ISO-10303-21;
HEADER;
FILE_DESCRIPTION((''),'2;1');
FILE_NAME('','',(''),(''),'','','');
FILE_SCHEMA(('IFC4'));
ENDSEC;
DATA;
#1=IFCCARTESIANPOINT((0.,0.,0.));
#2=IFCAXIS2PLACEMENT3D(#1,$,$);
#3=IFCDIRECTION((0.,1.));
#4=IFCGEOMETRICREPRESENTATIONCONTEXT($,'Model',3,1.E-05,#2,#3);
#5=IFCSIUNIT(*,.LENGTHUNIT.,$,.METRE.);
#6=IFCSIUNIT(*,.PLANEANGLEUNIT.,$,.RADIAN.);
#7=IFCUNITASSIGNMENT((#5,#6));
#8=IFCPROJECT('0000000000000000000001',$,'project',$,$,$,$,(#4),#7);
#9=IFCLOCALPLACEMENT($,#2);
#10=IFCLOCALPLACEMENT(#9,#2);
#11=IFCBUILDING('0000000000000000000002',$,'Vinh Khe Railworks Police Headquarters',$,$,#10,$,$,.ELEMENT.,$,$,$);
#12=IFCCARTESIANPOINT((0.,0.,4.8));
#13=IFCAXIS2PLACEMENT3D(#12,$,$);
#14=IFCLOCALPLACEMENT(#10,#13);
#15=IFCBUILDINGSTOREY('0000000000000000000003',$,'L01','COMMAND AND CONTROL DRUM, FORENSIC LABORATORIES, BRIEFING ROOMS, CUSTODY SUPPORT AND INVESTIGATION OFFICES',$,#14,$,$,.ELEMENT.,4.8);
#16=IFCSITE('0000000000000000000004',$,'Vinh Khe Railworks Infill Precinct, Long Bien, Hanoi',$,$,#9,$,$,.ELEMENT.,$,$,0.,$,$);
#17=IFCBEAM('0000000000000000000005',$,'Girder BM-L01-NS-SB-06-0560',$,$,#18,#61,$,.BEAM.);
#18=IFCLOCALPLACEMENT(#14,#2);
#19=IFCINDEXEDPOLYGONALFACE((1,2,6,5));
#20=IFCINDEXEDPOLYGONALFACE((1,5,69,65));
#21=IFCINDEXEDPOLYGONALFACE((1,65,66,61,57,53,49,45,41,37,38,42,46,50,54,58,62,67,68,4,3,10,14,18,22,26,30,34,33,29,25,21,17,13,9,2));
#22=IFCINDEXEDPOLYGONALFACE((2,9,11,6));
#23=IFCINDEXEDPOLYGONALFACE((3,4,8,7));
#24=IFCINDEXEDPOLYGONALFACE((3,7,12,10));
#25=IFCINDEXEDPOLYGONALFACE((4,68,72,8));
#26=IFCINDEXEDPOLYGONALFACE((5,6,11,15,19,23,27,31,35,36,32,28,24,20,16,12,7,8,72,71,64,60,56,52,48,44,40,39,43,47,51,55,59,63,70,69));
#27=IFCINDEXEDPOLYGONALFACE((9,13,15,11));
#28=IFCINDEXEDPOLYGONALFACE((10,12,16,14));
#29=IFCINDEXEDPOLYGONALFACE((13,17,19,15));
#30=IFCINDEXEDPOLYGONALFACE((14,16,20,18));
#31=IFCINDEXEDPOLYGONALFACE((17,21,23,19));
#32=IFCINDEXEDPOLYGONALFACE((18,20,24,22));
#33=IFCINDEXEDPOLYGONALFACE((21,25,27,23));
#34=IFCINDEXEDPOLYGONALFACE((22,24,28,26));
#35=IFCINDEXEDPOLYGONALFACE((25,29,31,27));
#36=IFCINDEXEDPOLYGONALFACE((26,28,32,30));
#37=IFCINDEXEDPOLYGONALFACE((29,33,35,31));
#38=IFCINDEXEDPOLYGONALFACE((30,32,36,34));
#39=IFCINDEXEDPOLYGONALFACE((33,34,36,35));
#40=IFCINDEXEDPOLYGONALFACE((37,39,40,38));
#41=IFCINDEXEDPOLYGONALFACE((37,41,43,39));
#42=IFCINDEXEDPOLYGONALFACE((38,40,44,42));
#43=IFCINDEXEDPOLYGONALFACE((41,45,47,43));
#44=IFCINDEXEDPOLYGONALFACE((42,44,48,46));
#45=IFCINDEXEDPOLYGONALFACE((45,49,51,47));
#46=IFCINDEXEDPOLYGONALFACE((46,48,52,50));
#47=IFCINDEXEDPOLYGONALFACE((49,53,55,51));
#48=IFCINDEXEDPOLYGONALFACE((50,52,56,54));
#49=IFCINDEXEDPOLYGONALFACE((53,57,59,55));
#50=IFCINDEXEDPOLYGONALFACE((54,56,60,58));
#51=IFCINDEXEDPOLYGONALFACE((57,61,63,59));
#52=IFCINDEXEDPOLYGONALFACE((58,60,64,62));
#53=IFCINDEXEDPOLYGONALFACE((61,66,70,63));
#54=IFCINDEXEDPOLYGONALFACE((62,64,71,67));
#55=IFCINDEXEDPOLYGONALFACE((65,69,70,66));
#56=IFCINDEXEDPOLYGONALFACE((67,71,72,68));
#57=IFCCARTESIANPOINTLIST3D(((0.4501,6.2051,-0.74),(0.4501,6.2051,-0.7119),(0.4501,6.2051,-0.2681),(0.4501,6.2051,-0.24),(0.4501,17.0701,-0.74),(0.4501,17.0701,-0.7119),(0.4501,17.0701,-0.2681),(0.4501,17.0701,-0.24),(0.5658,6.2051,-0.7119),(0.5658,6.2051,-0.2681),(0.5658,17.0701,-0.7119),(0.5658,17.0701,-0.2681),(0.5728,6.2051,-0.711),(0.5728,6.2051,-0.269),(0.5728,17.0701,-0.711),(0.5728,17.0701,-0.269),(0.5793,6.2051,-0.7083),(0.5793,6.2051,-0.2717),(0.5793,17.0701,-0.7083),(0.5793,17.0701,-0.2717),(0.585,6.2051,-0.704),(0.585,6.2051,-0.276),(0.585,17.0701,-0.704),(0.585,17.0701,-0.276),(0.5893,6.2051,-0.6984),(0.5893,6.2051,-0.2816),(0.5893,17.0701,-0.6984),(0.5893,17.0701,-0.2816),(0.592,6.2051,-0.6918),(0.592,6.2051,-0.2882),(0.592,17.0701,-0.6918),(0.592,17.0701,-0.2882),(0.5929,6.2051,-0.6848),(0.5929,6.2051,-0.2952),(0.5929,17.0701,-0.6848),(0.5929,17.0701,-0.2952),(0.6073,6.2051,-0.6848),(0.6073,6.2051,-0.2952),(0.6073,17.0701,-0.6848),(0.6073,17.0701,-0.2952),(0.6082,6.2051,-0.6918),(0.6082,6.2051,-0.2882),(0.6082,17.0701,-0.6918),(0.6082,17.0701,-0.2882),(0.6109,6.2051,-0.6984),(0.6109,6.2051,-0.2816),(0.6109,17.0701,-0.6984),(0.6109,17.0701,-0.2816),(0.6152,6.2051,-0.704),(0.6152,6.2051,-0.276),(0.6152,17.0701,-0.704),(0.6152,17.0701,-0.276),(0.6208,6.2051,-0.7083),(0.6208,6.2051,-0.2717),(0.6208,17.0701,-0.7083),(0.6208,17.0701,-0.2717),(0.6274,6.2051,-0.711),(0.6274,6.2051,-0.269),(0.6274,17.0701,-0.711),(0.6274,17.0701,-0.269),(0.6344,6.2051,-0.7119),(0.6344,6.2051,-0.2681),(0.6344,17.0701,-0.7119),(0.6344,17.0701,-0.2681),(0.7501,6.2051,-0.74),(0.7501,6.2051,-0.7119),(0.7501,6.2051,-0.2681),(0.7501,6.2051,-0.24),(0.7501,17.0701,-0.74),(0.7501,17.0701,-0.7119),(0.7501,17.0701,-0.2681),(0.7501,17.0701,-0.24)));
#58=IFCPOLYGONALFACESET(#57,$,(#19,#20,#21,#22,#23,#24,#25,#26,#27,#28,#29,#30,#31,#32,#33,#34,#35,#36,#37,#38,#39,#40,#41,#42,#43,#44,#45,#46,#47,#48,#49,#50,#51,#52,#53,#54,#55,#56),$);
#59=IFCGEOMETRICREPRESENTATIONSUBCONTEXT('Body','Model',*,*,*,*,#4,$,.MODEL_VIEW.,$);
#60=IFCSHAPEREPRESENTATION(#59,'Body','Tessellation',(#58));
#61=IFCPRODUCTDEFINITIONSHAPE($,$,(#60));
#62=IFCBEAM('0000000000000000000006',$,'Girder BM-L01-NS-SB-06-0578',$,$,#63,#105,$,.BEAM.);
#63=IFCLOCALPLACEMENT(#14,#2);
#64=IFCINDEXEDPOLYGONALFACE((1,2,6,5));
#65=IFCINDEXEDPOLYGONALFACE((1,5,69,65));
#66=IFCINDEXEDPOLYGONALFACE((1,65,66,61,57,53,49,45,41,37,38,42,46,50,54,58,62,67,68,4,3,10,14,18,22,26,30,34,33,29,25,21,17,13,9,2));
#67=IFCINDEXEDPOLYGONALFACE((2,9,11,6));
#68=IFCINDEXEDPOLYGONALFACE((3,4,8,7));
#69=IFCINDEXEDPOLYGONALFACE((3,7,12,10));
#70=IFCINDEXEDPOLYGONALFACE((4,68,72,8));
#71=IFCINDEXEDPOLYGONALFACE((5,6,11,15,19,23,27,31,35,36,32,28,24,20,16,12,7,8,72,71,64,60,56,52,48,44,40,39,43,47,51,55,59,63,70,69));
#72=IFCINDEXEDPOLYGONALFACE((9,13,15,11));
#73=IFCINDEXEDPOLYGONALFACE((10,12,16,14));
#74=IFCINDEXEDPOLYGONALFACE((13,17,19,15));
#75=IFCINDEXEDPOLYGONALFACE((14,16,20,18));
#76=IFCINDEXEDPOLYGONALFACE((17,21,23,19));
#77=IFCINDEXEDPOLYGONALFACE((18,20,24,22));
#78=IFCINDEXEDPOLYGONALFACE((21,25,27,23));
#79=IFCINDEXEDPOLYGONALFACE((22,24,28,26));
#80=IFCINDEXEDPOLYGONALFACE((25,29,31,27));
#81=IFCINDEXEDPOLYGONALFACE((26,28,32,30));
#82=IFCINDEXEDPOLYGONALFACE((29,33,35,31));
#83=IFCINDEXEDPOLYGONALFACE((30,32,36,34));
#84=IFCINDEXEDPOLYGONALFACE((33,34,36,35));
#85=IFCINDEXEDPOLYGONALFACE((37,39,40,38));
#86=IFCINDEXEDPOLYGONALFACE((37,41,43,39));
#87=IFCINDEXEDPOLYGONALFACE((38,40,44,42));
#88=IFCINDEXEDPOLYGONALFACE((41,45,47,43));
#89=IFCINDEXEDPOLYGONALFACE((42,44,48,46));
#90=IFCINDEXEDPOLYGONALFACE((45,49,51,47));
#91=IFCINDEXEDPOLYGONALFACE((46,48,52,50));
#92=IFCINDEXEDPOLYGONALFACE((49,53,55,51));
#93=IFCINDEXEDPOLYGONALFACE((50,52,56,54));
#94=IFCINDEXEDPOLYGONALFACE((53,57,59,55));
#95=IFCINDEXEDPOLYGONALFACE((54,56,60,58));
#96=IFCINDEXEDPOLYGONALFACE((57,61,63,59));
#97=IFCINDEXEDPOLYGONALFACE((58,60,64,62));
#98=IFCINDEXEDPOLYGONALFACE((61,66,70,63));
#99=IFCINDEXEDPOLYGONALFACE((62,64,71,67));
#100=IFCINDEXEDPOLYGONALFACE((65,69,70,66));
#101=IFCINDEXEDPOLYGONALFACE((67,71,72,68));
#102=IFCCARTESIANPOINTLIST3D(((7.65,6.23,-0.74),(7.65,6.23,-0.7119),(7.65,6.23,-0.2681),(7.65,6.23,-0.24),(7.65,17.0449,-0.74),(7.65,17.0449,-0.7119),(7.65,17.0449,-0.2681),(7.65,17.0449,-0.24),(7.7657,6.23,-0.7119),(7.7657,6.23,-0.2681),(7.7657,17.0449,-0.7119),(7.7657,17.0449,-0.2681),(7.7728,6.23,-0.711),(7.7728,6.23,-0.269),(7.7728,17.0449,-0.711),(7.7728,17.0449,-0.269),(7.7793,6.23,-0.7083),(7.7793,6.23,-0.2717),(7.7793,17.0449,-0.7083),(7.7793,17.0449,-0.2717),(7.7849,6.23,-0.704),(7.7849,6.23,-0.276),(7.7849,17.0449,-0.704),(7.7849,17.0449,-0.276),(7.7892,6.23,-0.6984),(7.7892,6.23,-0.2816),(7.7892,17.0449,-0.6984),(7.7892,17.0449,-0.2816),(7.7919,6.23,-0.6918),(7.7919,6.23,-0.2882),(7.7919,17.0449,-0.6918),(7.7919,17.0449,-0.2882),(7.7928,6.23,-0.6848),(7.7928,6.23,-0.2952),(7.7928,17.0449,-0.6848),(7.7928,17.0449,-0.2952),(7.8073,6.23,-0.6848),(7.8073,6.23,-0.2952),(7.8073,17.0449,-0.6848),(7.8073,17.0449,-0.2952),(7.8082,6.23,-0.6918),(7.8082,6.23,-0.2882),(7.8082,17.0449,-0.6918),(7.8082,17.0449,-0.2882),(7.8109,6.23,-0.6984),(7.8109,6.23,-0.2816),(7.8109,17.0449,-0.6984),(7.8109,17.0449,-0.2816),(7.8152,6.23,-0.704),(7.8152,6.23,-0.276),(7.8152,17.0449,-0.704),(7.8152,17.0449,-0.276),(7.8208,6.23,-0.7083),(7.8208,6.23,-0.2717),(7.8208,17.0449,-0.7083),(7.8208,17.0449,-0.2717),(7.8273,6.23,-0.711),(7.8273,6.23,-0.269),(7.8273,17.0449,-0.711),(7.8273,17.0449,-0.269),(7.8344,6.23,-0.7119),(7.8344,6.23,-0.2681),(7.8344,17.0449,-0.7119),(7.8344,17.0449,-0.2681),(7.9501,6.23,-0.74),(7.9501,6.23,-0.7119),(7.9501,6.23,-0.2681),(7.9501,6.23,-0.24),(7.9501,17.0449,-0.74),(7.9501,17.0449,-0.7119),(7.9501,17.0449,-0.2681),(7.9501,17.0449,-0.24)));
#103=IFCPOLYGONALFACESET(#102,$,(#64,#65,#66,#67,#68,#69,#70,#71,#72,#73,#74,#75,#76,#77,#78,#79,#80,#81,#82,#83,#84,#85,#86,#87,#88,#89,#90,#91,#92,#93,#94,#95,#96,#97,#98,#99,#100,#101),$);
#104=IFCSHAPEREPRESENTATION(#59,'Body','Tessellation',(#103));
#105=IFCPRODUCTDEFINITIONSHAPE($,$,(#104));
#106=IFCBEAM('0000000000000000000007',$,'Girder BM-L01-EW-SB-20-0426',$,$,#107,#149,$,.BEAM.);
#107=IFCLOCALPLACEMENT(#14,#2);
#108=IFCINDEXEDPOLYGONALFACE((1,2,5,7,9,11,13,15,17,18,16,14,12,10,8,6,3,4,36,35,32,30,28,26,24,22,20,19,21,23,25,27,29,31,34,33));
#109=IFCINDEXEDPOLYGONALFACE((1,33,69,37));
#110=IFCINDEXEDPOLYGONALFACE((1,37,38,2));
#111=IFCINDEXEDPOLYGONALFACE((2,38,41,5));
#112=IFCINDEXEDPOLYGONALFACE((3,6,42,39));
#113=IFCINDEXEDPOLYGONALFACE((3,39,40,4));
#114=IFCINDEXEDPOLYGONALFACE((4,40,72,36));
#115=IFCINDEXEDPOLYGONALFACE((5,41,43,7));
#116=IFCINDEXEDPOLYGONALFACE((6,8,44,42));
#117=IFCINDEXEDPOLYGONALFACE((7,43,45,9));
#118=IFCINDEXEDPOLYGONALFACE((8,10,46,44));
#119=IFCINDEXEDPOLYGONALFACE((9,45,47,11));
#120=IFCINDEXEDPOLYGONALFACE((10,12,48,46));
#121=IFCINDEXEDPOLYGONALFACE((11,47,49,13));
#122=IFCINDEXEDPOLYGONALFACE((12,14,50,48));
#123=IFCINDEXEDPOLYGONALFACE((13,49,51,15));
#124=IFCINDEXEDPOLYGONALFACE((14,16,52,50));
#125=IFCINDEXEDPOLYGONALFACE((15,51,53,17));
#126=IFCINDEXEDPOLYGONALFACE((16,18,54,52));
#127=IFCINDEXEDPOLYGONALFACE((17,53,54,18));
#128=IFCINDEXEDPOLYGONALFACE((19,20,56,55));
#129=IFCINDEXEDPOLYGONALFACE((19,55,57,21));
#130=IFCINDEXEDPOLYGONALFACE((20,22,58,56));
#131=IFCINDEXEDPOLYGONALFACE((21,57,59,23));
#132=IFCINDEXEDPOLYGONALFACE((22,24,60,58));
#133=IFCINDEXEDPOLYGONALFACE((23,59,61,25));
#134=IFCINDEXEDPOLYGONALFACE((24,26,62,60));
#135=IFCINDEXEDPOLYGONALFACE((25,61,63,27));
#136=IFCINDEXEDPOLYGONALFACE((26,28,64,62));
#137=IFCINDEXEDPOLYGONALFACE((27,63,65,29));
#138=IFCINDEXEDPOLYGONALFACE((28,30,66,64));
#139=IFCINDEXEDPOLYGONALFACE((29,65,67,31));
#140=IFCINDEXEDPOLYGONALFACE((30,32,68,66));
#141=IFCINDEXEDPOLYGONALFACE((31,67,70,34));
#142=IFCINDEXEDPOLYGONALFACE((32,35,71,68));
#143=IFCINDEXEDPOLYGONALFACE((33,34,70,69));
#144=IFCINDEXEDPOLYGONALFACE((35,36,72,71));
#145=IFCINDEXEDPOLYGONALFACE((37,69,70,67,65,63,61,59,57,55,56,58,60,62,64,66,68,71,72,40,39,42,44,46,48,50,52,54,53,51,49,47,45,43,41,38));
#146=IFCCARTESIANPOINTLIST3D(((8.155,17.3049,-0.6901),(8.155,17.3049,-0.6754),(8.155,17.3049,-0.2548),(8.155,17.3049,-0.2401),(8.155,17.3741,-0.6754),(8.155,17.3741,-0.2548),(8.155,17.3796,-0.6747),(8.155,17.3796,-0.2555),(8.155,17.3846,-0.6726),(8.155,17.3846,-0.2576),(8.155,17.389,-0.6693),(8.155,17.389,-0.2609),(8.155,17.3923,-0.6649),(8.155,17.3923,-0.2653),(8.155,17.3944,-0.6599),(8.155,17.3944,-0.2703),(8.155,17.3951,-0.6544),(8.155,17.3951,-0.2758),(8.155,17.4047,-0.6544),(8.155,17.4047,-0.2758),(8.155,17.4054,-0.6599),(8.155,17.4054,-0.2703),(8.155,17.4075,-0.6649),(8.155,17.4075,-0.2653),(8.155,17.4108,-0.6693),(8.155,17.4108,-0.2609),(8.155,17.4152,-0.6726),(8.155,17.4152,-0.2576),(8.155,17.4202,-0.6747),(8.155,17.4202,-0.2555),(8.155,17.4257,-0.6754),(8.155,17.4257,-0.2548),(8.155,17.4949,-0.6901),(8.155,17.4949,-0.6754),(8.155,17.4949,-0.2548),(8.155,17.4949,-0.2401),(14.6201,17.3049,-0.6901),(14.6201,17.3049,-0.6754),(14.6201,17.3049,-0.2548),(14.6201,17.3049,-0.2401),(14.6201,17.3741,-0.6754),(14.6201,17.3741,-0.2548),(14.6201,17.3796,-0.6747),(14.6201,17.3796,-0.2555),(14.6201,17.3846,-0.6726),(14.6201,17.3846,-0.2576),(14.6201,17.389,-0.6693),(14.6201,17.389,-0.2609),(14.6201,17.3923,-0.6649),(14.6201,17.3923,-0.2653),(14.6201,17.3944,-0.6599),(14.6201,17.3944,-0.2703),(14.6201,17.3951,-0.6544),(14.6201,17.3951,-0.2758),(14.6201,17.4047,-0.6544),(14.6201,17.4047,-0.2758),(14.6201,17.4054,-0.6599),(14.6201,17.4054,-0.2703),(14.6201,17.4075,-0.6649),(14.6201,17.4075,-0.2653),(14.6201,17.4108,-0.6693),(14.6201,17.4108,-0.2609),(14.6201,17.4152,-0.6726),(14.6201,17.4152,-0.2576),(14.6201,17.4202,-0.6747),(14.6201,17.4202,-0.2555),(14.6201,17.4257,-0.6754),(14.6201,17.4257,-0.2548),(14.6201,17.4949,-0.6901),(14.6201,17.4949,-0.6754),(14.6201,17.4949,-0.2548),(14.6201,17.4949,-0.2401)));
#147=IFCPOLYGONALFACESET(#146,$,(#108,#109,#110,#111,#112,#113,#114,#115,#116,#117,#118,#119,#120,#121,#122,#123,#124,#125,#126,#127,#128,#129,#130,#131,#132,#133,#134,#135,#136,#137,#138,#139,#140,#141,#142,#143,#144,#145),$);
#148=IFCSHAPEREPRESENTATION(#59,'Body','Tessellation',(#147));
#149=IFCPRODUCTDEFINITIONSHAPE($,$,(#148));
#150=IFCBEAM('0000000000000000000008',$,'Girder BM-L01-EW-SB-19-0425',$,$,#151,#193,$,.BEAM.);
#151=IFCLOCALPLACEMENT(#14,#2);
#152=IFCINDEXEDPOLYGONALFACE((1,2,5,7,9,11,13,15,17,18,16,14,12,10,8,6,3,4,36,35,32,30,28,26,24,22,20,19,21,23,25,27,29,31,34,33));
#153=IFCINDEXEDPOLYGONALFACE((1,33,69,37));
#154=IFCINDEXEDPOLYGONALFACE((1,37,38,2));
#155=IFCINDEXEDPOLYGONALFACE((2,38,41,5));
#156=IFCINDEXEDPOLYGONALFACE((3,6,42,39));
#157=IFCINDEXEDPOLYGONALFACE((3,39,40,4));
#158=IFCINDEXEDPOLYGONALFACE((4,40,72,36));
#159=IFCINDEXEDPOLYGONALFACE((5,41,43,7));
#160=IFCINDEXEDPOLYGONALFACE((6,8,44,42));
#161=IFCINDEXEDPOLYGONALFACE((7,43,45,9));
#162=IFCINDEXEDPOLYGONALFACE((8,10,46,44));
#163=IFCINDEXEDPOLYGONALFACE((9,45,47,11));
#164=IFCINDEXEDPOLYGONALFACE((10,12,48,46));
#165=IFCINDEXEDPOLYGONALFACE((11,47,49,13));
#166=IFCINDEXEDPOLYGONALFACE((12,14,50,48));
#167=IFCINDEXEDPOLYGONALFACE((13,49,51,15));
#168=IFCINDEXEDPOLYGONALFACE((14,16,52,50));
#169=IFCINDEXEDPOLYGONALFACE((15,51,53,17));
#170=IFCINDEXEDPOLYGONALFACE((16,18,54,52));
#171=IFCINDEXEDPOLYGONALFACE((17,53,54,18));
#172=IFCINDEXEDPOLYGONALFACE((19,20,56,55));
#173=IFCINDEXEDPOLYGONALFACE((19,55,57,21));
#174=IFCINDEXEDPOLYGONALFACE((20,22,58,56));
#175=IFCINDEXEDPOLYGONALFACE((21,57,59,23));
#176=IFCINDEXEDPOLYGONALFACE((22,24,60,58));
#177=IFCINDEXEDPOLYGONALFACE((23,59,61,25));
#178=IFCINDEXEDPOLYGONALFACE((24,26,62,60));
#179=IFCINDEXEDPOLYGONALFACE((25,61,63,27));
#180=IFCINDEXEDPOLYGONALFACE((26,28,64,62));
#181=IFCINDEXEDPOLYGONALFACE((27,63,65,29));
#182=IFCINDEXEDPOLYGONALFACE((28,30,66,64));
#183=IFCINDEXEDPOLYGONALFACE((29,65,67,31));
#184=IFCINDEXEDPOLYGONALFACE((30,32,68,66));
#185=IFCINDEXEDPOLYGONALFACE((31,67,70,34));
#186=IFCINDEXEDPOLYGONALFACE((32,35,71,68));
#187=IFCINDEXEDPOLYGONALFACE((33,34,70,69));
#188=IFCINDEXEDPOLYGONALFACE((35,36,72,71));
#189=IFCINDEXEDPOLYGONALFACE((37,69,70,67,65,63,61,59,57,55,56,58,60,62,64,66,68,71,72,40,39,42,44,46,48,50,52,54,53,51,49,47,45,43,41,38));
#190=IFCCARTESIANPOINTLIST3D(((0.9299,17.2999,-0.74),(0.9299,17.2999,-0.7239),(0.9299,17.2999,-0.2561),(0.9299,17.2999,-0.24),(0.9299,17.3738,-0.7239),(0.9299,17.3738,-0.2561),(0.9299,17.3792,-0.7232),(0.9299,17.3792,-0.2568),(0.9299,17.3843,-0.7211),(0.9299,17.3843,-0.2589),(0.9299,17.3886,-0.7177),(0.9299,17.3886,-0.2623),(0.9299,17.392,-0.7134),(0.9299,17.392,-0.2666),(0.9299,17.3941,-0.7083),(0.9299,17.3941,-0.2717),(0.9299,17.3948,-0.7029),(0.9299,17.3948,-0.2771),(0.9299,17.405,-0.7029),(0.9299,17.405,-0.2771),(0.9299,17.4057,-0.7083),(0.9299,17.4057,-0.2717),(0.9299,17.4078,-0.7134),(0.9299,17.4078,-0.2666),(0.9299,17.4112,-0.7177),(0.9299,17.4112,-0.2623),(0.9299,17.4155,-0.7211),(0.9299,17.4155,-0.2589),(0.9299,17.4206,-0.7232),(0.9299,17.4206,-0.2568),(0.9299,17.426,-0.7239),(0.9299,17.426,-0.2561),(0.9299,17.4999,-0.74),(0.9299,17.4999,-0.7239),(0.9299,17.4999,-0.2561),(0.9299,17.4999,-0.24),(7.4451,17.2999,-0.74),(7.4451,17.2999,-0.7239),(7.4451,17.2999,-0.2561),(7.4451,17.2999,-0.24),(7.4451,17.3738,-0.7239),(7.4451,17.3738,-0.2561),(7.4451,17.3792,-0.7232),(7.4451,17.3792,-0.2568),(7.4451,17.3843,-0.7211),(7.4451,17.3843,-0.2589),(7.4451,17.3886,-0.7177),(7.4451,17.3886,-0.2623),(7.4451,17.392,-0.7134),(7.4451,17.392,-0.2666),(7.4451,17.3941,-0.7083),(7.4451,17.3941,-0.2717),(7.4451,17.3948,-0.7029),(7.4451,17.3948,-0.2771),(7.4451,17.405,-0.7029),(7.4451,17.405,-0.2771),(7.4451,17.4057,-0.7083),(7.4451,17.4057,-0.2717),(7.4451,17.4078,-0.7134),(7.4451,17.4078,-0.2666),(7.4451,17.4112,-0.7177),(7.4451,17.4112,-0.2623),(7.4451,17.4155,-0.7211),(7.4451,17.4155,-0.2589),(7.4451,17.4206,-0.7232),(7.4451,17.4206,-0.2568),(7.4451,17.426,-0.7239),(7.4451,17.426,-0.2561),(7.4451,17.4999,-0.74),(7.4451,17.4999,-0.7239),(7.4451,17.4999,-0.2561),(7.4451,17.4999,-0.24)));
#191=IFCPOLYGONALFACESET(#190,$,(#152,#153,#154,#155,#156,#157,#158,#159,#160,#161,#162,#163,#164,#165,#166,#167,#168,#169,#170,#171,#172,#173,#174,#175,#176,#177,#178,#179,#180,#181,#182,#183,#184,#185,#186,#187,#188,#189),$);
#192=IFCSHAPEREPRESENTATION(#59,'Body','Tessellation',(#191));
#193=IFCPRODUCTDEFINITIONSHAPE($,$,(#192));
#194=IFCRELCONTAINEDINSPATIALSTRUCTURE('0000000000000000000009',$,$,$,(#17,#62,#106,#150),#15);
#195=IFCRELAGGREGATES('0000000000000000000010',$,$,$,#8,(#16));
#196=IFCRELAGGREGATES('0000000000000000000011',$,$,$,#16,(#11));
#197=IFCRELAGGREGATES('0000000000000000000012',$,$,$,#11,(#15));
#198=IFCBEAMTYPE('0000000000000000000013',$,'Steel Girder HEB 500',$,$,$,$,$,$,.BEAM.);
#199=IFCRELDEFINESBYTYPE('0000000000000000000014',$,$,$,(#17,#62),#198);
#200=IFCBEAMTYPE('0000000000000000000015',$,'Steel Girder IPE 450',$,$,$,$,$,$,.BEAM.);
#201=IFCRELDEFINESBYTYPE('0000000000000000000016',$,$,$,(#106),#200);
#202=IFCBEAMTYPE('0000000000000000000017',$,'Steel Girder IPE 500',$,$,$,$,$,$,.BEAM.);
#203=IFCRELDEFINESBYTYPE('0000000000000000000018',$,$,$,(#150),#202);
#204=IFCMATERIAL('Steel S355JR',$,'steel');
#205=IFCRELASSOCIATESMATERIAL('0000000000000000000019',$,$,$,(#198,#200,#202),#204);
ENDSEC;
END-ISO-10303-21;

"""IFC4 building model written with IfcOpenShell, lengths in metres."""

from ifc_helpers import new_model, si_unit, direction, frame, origin, origin_2d, place, context, subcontext, project, spatial, i_section, extrude, material, material_profile, profile_set, type_object, element, save


model = new_model("IFC4")

# Units and contexts
model_context = context("Model", 3, precision=1e-05, world=origin(), true_north=direction((0.0, 1.0)))
body_context = subcontext(model_context, "Body", "Model", "MODEL_VIEW")
ifc_project = project(units=[si_unit("LENGTHUNIT", "METRE"), si_unit("PLANEANGLEUNIT", "RADIAN")], contexts=[model_context])

# Site, building, storey
site_placement = place(None, origin())
site = spatial("IfcSite", under=ifc_project, at=site_placement, Name="Vinh Khe Railworks Infill Precinct, Long Bien, Hanoi", CompositionType="ELEMENT", RefElevation=0.0)
building_placement = place(site_placement, origin())
building = spatial("IfcBuilding", under=site, at=building_placement, Name="Vinh Khe Railworks Police Headquarters", CompositionType="ELEMENT")
storey_placement = place(building_placement, frame((0.0, 0.0, 4.8)))
storey = spatial("IfcBuildingStorey", under=building, at=storey_placement, Name="L01", Description="COMMAND AND CONTROL DRUM, FORENSIC LABORATORIES, BRIEFING ROOMS, CUSTODY SUPPORT AND INVESTIGATION OFFICES", CompositionType="ELEMENT", Elevation=4.8)

# Shared definitions
ifc_material_1 = material(Name="Steel S355JR", Category="steel")

# Beams
ifc_material_profile_1 = material_profile(ifc_material_1, i_section(OverallWidth=0.3, OverallDepth=0.5, WebThickness=0.0144, FlangeThickness=0.0281, FilletRadius=0.0271, at=origin_2d()), Name="HEB 500")
ifc_profile_set_1 = profile_set([ifc_material_profile_1], Name="Steel S355JR")
beam_type_1 = type_object("IfcBeamType", Name="Steel Girder HEB 500", PredefinedType="BEAM", material=ifc_profile_set_1)
beam_1_placement = place(storey_placement, frame((0.6001, 6.2051, -0.49), z_axis=(0.0, 1.0, 0.0), x_axis=(-1.0, 0.0, 0.0)))
element("IfcBeam", 1, at=beam_1_placement, inside=storey, type_object=beam_type_1, Name="Girder BM-L01-NS-SB-06-0560", PredefinedType="BEAM", context=body_context, shape_type="SweptSolid", body=[
    extrude(i_section(OverallWidth=0.3, OverallDepth=0.5, WebThickness=0.0144, FlangeThickness=0.0281, FilletRadius=0.0271, at=origin_2d()), origin(), (0.0, 0.0, 1.0), 10.865),
])
beam_2_placement = place(storey_placement, frame((7.8, 6.23, -0.49), z_axis=(0.0, 1.0, 0.0), x_axis=(-1.0, 0.0, 0.0)))
element("IfcBeam", 2, at=beam_2_placement, inside=storey, type_object=beam_type_1, Name="Girder BM-L01-NS-SB-06-0578", PredefinedType="BEAM", context=body_context, shape_type="SweptSolid", body=[
    extrude(i_section(OverallWidth=0.3, OverallDepth=0.5, WebThickness=0.0144, FlangeThickness=0.0281, FilletRadius=0.0271, at=origin_2d()), origin(), (0.0, 0.0, 1.0), 10.8149),
])
ifc_material_profile_2 = material_profile(ifc_material_1, i_section(OverallWidth=0.1899, OverallDepth=0.45, WebThickness=0.0095, FlangeThickness=0.0146, FilletRadius=0.021, at=origin_2d()), Name="IPE 450")
ifc_profile_set_2 = profile_set([ifc_material_profile_2], Name="Steel S355JR")
beam_type_2 = type_object("IfcBeamType", Name="Steel Girder IPE 450", PredefinedType="BEAM", material=ifc_profile_set_2)
beam_3_placement = place(storey_placement, frame((8.155, 17.3999, -0.4651), z_axis=(1.0, 0.0, 0.0), x_axis=(0.0, 1.0, 0.0)))
element("IfcBeam", 3, at=beam_3_placement, inside=storey, type_object=beam_type_2, Name="Girder BM-L01-EW-SB-20-0426", PredefinedType="BEAM", context=body_context, shape_type="SweptSolid", body=[
    extrude(i_section(OverallWidth=0.1899, OverallDepth=0.45, WebThickness=0.0095, FlangeThickness=0.0146, FilletRadius=0.021, at=origin_2d()), origin(), (0.0, 0.0, 1.0), 6.4651),
])
ifc_material_profile_3 = material_profile(ifc_material_1, i_section(OverallWidth=0.2, OverallDepth=0.5, WebThickness=0.0103, FlangeThickness=0.0161, FilletRadius=0.021, at=origin_2d()), Name="IPE 500")
ifc_profile_set_3 = profile_set([ifc_material_profile_3], Name="Steel S355JR")
beam_type_3 = type_object("IfcBeamType", Name="Steel Girder IPE 500", PredefinedType="BEAM", material=ifc_profile_set_3)
beam_4_placement = place(storey_placement, frame((0.9299, 17.3999, -0.49), z_axis=(1.0, 0.0, 0.0), x_axis=(0.0, 1.0, 0.0)))
element("IfcBeam", 4, at=beam_4_placement, inside=storey, type_object=beam_type_3, Name="Girder BM-L01-EW-SB-19-0425", PredefinedType="BEAM", context=body_context, shape_type="SweptSolid", body=[
    extrude(i_section(OverallWidth=0.2, OverallDepth=0.5, WebThickness=0.0103, FlangeThickness=0.0161, FilletRadius=0.021, at=origin_2d()), origin(), (0.0, 0.0, 1.0), 6.5151),
])

save(model, "model.ifc")
